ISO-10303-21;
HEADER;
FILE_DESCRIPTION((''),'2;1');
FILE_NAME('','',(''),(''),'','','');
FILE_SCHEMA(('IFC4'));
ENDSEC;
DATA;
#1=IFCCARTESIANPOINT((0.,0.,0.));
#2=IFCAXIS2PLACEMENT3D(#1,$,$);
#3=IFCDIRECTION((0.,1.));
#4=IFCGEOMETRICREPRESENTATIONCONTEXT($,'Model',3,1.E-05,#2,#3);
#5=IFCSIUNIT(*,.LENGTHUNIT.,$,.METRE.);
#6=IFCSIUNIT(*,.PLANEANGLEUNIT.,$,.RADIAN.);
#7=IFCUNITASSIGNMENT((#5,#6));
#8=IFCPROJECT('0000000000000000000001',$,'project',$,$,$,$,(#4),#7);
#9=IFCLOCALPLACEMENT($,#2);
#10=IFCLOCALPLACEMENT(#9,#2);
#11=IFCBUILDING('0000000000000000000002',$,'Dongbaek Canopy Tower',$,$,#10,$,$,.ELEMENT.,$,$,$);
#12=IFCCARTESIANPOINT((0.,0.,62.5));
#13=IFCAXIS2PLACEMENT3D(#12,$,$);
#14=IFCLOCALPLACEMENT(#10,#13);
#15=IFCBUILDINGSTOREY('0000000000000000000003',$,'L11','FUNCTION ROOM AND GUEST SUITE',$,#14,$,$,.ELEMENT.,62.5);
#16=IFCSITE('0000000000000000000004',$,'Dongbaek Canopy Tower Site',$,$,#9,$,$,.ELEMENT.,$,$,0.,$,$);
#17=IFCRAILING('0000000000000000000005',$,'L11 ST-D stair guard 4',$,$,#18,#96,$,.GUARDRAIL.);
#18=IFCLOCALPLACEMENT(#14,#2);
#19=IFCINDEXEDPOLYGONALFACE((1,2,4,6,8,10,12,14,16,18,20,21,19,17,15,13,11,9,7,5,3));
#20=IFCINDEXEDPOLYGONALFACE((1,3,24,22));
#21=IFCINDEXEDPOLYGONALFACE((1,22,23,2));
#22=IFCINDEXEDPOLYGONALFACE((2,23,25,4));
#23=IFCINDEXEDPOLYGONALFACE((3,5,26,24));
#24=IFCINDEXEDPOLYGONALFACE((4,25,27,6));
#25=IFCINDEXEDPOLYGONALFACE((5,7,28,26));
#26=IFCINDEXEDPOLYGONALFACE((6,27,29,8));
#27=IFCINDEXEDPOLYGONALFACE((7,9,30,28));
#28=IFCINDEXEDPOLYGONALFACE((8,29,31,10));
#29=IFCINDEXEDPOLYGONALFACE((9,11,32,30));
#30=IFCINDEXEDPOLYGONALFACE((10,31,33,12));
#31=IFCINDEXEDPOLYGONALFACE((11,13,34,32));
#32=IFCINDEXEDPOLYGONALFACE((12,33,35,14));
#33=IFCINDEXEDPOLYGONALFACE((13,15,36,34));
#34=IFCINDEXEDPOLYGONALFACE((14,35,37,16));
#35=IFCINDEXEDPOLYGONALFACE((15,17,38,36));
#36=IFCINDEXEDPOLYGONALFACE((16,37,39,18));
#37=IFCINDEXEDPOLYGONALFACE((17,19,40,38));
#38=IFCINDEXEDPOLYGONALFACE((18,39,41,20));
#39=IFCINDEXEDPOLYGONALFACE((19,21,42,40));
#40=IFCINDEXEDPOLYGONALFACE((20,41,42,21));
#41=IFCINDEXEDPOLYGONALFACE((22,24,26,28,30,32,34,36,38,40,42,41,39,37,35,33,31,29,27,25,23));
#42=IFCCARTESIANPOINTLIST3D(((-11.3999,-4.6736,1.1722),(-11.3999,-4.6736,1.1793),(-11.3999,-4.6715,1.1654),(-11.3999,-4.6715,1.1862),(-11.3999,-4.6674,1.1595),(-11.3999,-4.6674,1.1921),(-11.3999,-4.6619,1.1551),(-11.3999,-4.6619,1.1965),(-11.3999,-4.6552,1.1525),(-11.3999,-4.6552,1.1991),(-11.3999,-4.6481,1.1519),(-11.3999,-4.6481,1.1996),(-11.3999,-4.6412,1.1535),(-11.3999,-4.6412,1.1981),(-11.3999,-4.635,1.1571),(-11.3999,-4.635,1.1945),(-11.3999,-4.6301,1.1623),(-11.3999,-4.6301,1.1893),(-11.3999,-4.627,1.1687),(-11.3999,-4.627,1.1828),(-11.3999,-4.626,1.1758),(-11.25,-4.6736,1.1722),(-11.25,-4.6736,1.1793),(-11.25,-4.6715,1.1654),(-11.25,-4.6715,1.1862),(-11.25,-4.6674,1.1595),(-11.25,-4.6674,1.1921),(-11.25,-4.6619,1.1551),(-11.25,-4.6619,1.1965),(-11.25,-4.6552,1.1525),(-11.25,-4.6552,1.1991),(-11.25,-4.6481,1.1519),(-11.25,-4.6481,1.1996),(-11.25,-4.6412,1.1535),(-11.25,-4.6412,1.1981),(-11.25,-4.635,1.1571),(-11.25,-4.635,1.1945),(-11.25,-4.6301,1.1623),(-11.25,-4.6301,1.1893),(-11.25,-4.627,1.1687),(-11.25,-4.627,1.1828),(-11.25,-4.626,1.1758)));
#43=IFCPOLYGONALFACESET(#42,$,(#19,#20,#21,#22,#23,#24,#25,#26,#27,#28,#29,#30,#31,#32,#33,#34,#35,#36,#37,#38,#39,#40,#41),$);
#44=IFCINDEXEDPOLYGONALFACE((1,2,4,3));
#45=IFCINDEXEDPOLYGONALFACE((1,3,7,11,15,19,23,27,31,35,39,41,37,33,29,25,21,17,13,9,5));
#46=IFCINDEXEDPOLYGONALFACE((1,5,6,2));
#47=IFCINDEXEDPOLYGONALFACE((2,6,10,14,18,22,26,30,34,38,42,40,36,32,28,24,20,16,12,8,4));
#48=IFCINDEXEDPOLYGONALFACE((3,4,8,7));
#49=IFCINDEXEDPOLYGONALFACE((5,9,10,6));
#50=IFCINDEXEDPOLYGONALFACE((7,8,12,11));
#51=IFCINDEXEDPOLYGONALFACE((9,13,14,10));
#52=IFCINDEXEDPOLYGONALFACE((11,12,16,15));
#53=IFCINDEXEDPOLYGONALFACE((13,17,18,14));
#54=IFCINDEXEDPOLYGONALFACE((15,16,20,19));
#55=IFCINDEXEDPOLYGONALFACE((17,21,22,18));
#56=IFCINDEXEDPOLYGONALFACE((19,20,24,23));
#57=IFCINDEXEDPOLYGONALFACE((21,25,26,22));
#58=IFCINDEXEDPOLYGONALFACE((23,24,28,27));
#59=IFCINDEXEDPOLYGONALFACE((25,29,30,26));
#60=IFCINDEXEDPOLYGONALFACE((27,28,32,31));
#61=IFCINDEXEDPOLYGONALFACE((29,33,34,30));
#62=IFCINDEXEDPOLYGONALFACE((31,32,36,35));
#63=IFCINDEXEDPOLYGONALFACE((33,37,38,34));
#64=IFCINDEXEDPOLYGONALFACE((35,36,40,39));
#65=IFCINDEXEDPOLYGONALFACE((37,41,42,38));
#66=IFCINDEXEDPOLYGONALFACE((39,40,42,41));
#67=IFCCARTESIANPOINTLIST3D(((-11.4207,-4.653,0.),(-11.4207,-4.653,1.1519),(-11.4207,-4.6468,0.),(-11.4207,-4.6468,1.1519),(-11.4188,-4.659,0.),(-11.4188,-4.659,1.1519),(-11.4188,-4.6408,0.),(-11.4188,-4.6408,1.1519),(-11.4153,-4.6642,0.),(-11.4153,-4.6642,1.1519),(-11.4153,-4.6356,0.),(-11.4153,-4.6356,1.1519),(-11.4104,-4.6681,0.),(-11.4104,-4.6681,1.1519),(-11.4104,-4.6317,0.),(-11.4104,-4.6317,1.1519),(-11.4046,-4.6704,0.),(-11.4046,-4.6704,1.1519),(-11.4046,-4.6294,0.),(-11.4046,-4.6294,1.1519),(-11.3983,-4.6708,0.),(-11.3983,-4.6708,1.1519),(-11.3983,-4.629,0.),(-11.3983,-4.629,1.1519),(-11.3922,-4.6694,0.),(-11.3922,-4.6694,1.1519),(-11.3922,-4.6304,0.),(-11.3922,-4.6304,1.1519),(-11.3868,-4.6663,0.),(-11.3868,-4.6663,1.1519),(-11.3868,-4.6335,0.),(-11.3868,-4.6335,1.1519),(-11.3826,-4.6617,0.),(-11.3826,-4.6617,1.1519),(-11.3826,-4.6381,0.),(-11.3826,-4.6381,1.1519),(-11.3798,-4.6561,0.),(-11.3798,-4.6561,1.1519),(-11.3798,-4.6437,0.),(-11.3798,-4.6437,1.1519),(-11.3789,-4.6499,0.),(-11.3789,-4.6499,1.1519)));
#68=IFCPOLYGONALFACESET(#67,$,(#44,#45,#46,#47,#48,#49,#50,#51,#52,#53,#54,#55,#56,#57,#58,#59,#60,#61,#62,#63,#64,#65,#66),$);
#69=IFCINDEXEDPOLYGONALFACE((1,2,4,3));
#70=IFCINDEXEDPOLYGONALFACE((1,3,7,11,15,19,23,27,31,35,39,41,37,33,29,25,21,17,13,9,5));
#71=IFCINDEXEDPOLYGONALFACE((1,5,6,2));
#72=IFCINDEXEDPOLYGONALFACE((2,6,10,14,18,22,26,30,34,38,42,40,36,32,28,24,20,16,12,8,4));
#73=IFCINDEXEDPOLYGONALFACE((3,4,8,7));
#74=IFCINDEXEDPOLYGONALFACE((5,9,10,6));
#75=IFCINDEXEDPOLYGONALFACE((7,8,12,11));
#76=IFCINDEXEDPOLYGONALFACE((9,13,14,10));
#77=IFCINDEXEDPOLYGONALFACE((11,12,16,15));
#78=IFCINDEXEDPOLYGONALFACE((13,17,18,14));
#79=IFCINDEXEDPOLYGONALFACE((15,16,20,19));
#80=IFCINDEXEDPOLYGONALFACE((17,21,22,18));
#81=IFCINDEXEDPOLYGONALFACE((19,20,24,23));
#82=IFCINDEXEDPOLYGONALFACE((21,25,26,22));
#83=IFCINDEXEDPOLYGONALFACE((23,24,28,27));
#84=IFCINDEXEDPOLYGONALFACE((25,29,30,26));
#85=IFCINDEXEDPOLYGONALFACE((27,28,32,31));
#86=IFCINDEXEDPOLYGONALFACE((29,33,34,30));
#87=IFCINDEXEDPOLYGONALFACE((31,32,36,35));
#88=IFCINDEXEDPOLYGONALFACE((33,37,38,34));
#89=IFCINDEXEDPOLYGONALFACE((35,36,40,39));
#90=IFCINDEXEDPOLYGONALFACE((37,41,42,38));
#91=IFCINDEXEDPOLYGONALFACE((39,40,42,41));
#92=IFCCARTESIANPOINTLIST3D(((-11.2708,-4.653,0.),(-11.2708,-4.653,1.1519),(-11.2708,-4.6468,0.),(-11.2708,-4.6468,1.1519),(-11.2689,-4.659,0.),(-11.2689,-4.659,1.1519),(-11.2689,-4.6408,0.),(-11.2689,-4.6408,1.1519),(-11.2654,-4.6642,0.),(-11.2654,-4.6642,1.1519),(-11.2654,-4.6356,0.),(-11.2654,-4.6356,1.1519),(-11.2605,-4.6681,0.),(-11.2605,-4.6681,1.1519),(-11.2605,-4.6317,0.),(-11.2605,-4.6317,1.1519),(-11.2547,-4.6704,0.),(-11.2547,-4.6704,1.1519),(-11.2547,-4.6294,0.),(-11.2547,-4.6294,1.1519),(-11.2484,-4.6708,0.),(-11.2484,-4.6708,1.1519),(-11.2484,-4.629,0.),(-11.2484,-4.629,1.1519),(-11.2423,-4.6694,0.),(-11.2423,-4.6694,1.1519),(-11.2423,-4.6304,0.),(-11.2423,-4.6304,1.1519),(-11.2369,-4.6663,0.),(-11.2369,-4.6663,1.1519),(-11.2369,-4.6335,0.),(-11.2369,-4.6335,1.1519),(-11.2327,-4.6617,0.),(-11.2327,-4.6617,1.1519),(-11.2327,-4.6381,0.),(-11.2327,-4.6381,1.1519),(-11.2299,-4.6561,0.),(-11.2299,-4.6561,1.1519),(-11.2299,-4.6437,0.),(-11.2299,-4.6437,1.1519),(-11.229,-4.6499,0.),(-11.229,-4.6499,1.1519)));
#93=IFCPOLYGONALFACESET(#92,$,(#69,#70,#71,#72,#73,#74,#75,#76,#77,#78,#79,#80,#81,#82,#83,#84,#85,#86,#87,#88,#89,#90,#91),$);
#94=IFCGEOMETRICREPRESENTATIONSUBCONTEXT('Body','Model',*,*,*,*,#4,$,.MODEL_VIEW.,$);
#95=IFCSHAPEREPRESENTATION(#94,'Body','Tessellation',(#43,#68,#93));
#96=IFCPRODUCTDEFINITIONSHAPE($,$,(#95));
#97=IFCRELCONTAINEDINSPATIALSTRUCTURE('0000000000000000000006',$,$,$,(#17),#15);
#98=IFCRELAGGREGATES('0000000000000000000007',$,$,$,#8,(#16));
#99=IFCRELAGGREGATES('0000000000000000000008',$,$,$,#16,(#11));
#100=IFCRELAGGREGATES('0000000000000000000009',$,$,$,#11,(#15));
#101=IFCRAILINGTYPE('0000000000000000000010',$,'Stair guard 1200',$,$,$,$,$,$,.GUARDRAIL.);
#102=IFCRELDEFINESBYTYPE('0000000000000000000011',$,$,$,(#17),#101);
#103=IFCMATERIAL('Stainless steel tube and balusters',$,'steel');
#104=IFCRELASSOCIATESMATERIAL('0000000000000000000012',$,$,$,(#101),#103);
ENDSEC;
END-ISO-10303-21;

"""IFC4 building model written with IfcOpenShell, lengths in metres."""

from ifc_helpers import new_model, si_unit, direction, frame, origin, origin_2d, place, context, subcontext, project, spatial, circle, extrude, material, type_object, element, save


model = new_model("IFC4")

# Units and contexts
model_context = context("Model", 3, precision=1e-05, world=origin(), true_north=direction((0.0, 1.0)))
body_context = subcontext(model_context, "Body", "Model", "MODEL_VIEW")
ifc_project = project(units=[si_unit("LENGTHUNIT", "METRE"), si_unit("PLANEANGLEUNIT", "RADIAN")], contexts=[model_context])

# Site, building, storey
site_placement = place(None, origin())
site = spatial("IfcSite", under=ifc_project, at=site_placement, Name="Dongbaek Canopy Tower Site", CompositionType="ELEMENT", RefElevation=0.0)
building_placement = place(site_placement, origin())
building = spatial("IfcBuilding", under=site, at=building_placement, Name="Dongbaek Canopy Tower", CompositionType="ELEMENT")
storey_placement = place(building_placement, frame((0.0, 0.0, 62.5)))
storey = spatial("IfcBuildingStorey", under=building, at=storey_placement, Name="L11", Description="FUNCTION ROOM AND GUEST SUITE", CompositionType="ELEMENT", Elevation=62.5)

# Railing
ifc_material_1 = material(Name="Stainless steel tube and balusters", Category="steel")
railing_type_1 = type_object("IfcRailingType", Name="Stair guard 1200", PredefinedType="GUARDRAIL", material=ifc_material_1)
railing_1_placement = place(storey_placement, frame((-11.3999, -4.6499, 0.0)))
element("IfcRailing", 1, at=railing_1_placement, inside=storey, type_object=railing_type_1, Name="L11 ST-D stair guard 4", PredefinedType="GUARDRAIL", context=body_context, shape_type="SweptSolid", body=[
    extrude(circle(Radius=0.0239, at=origin_2d()), frame((0.0, 0.0, 1.1758), z_axis=(1.0, 0.0, 0.0), x_axis=(0.0, 1.0, 0.0)), (0.0, 0.0, 1.0), 0.1499),
    extrude(circle(Radius=0.021, at=origin_2d()), origin(), (0.0, 0.0, 1.0), 1.1519),
    extrude(circle(Radius=0.021, at=origin_2d()), frame((0.1499, 0.0, 0.0)), (0.0, 0.0, 1.0), 1.1519),
])

save(model, "model.ifc")
